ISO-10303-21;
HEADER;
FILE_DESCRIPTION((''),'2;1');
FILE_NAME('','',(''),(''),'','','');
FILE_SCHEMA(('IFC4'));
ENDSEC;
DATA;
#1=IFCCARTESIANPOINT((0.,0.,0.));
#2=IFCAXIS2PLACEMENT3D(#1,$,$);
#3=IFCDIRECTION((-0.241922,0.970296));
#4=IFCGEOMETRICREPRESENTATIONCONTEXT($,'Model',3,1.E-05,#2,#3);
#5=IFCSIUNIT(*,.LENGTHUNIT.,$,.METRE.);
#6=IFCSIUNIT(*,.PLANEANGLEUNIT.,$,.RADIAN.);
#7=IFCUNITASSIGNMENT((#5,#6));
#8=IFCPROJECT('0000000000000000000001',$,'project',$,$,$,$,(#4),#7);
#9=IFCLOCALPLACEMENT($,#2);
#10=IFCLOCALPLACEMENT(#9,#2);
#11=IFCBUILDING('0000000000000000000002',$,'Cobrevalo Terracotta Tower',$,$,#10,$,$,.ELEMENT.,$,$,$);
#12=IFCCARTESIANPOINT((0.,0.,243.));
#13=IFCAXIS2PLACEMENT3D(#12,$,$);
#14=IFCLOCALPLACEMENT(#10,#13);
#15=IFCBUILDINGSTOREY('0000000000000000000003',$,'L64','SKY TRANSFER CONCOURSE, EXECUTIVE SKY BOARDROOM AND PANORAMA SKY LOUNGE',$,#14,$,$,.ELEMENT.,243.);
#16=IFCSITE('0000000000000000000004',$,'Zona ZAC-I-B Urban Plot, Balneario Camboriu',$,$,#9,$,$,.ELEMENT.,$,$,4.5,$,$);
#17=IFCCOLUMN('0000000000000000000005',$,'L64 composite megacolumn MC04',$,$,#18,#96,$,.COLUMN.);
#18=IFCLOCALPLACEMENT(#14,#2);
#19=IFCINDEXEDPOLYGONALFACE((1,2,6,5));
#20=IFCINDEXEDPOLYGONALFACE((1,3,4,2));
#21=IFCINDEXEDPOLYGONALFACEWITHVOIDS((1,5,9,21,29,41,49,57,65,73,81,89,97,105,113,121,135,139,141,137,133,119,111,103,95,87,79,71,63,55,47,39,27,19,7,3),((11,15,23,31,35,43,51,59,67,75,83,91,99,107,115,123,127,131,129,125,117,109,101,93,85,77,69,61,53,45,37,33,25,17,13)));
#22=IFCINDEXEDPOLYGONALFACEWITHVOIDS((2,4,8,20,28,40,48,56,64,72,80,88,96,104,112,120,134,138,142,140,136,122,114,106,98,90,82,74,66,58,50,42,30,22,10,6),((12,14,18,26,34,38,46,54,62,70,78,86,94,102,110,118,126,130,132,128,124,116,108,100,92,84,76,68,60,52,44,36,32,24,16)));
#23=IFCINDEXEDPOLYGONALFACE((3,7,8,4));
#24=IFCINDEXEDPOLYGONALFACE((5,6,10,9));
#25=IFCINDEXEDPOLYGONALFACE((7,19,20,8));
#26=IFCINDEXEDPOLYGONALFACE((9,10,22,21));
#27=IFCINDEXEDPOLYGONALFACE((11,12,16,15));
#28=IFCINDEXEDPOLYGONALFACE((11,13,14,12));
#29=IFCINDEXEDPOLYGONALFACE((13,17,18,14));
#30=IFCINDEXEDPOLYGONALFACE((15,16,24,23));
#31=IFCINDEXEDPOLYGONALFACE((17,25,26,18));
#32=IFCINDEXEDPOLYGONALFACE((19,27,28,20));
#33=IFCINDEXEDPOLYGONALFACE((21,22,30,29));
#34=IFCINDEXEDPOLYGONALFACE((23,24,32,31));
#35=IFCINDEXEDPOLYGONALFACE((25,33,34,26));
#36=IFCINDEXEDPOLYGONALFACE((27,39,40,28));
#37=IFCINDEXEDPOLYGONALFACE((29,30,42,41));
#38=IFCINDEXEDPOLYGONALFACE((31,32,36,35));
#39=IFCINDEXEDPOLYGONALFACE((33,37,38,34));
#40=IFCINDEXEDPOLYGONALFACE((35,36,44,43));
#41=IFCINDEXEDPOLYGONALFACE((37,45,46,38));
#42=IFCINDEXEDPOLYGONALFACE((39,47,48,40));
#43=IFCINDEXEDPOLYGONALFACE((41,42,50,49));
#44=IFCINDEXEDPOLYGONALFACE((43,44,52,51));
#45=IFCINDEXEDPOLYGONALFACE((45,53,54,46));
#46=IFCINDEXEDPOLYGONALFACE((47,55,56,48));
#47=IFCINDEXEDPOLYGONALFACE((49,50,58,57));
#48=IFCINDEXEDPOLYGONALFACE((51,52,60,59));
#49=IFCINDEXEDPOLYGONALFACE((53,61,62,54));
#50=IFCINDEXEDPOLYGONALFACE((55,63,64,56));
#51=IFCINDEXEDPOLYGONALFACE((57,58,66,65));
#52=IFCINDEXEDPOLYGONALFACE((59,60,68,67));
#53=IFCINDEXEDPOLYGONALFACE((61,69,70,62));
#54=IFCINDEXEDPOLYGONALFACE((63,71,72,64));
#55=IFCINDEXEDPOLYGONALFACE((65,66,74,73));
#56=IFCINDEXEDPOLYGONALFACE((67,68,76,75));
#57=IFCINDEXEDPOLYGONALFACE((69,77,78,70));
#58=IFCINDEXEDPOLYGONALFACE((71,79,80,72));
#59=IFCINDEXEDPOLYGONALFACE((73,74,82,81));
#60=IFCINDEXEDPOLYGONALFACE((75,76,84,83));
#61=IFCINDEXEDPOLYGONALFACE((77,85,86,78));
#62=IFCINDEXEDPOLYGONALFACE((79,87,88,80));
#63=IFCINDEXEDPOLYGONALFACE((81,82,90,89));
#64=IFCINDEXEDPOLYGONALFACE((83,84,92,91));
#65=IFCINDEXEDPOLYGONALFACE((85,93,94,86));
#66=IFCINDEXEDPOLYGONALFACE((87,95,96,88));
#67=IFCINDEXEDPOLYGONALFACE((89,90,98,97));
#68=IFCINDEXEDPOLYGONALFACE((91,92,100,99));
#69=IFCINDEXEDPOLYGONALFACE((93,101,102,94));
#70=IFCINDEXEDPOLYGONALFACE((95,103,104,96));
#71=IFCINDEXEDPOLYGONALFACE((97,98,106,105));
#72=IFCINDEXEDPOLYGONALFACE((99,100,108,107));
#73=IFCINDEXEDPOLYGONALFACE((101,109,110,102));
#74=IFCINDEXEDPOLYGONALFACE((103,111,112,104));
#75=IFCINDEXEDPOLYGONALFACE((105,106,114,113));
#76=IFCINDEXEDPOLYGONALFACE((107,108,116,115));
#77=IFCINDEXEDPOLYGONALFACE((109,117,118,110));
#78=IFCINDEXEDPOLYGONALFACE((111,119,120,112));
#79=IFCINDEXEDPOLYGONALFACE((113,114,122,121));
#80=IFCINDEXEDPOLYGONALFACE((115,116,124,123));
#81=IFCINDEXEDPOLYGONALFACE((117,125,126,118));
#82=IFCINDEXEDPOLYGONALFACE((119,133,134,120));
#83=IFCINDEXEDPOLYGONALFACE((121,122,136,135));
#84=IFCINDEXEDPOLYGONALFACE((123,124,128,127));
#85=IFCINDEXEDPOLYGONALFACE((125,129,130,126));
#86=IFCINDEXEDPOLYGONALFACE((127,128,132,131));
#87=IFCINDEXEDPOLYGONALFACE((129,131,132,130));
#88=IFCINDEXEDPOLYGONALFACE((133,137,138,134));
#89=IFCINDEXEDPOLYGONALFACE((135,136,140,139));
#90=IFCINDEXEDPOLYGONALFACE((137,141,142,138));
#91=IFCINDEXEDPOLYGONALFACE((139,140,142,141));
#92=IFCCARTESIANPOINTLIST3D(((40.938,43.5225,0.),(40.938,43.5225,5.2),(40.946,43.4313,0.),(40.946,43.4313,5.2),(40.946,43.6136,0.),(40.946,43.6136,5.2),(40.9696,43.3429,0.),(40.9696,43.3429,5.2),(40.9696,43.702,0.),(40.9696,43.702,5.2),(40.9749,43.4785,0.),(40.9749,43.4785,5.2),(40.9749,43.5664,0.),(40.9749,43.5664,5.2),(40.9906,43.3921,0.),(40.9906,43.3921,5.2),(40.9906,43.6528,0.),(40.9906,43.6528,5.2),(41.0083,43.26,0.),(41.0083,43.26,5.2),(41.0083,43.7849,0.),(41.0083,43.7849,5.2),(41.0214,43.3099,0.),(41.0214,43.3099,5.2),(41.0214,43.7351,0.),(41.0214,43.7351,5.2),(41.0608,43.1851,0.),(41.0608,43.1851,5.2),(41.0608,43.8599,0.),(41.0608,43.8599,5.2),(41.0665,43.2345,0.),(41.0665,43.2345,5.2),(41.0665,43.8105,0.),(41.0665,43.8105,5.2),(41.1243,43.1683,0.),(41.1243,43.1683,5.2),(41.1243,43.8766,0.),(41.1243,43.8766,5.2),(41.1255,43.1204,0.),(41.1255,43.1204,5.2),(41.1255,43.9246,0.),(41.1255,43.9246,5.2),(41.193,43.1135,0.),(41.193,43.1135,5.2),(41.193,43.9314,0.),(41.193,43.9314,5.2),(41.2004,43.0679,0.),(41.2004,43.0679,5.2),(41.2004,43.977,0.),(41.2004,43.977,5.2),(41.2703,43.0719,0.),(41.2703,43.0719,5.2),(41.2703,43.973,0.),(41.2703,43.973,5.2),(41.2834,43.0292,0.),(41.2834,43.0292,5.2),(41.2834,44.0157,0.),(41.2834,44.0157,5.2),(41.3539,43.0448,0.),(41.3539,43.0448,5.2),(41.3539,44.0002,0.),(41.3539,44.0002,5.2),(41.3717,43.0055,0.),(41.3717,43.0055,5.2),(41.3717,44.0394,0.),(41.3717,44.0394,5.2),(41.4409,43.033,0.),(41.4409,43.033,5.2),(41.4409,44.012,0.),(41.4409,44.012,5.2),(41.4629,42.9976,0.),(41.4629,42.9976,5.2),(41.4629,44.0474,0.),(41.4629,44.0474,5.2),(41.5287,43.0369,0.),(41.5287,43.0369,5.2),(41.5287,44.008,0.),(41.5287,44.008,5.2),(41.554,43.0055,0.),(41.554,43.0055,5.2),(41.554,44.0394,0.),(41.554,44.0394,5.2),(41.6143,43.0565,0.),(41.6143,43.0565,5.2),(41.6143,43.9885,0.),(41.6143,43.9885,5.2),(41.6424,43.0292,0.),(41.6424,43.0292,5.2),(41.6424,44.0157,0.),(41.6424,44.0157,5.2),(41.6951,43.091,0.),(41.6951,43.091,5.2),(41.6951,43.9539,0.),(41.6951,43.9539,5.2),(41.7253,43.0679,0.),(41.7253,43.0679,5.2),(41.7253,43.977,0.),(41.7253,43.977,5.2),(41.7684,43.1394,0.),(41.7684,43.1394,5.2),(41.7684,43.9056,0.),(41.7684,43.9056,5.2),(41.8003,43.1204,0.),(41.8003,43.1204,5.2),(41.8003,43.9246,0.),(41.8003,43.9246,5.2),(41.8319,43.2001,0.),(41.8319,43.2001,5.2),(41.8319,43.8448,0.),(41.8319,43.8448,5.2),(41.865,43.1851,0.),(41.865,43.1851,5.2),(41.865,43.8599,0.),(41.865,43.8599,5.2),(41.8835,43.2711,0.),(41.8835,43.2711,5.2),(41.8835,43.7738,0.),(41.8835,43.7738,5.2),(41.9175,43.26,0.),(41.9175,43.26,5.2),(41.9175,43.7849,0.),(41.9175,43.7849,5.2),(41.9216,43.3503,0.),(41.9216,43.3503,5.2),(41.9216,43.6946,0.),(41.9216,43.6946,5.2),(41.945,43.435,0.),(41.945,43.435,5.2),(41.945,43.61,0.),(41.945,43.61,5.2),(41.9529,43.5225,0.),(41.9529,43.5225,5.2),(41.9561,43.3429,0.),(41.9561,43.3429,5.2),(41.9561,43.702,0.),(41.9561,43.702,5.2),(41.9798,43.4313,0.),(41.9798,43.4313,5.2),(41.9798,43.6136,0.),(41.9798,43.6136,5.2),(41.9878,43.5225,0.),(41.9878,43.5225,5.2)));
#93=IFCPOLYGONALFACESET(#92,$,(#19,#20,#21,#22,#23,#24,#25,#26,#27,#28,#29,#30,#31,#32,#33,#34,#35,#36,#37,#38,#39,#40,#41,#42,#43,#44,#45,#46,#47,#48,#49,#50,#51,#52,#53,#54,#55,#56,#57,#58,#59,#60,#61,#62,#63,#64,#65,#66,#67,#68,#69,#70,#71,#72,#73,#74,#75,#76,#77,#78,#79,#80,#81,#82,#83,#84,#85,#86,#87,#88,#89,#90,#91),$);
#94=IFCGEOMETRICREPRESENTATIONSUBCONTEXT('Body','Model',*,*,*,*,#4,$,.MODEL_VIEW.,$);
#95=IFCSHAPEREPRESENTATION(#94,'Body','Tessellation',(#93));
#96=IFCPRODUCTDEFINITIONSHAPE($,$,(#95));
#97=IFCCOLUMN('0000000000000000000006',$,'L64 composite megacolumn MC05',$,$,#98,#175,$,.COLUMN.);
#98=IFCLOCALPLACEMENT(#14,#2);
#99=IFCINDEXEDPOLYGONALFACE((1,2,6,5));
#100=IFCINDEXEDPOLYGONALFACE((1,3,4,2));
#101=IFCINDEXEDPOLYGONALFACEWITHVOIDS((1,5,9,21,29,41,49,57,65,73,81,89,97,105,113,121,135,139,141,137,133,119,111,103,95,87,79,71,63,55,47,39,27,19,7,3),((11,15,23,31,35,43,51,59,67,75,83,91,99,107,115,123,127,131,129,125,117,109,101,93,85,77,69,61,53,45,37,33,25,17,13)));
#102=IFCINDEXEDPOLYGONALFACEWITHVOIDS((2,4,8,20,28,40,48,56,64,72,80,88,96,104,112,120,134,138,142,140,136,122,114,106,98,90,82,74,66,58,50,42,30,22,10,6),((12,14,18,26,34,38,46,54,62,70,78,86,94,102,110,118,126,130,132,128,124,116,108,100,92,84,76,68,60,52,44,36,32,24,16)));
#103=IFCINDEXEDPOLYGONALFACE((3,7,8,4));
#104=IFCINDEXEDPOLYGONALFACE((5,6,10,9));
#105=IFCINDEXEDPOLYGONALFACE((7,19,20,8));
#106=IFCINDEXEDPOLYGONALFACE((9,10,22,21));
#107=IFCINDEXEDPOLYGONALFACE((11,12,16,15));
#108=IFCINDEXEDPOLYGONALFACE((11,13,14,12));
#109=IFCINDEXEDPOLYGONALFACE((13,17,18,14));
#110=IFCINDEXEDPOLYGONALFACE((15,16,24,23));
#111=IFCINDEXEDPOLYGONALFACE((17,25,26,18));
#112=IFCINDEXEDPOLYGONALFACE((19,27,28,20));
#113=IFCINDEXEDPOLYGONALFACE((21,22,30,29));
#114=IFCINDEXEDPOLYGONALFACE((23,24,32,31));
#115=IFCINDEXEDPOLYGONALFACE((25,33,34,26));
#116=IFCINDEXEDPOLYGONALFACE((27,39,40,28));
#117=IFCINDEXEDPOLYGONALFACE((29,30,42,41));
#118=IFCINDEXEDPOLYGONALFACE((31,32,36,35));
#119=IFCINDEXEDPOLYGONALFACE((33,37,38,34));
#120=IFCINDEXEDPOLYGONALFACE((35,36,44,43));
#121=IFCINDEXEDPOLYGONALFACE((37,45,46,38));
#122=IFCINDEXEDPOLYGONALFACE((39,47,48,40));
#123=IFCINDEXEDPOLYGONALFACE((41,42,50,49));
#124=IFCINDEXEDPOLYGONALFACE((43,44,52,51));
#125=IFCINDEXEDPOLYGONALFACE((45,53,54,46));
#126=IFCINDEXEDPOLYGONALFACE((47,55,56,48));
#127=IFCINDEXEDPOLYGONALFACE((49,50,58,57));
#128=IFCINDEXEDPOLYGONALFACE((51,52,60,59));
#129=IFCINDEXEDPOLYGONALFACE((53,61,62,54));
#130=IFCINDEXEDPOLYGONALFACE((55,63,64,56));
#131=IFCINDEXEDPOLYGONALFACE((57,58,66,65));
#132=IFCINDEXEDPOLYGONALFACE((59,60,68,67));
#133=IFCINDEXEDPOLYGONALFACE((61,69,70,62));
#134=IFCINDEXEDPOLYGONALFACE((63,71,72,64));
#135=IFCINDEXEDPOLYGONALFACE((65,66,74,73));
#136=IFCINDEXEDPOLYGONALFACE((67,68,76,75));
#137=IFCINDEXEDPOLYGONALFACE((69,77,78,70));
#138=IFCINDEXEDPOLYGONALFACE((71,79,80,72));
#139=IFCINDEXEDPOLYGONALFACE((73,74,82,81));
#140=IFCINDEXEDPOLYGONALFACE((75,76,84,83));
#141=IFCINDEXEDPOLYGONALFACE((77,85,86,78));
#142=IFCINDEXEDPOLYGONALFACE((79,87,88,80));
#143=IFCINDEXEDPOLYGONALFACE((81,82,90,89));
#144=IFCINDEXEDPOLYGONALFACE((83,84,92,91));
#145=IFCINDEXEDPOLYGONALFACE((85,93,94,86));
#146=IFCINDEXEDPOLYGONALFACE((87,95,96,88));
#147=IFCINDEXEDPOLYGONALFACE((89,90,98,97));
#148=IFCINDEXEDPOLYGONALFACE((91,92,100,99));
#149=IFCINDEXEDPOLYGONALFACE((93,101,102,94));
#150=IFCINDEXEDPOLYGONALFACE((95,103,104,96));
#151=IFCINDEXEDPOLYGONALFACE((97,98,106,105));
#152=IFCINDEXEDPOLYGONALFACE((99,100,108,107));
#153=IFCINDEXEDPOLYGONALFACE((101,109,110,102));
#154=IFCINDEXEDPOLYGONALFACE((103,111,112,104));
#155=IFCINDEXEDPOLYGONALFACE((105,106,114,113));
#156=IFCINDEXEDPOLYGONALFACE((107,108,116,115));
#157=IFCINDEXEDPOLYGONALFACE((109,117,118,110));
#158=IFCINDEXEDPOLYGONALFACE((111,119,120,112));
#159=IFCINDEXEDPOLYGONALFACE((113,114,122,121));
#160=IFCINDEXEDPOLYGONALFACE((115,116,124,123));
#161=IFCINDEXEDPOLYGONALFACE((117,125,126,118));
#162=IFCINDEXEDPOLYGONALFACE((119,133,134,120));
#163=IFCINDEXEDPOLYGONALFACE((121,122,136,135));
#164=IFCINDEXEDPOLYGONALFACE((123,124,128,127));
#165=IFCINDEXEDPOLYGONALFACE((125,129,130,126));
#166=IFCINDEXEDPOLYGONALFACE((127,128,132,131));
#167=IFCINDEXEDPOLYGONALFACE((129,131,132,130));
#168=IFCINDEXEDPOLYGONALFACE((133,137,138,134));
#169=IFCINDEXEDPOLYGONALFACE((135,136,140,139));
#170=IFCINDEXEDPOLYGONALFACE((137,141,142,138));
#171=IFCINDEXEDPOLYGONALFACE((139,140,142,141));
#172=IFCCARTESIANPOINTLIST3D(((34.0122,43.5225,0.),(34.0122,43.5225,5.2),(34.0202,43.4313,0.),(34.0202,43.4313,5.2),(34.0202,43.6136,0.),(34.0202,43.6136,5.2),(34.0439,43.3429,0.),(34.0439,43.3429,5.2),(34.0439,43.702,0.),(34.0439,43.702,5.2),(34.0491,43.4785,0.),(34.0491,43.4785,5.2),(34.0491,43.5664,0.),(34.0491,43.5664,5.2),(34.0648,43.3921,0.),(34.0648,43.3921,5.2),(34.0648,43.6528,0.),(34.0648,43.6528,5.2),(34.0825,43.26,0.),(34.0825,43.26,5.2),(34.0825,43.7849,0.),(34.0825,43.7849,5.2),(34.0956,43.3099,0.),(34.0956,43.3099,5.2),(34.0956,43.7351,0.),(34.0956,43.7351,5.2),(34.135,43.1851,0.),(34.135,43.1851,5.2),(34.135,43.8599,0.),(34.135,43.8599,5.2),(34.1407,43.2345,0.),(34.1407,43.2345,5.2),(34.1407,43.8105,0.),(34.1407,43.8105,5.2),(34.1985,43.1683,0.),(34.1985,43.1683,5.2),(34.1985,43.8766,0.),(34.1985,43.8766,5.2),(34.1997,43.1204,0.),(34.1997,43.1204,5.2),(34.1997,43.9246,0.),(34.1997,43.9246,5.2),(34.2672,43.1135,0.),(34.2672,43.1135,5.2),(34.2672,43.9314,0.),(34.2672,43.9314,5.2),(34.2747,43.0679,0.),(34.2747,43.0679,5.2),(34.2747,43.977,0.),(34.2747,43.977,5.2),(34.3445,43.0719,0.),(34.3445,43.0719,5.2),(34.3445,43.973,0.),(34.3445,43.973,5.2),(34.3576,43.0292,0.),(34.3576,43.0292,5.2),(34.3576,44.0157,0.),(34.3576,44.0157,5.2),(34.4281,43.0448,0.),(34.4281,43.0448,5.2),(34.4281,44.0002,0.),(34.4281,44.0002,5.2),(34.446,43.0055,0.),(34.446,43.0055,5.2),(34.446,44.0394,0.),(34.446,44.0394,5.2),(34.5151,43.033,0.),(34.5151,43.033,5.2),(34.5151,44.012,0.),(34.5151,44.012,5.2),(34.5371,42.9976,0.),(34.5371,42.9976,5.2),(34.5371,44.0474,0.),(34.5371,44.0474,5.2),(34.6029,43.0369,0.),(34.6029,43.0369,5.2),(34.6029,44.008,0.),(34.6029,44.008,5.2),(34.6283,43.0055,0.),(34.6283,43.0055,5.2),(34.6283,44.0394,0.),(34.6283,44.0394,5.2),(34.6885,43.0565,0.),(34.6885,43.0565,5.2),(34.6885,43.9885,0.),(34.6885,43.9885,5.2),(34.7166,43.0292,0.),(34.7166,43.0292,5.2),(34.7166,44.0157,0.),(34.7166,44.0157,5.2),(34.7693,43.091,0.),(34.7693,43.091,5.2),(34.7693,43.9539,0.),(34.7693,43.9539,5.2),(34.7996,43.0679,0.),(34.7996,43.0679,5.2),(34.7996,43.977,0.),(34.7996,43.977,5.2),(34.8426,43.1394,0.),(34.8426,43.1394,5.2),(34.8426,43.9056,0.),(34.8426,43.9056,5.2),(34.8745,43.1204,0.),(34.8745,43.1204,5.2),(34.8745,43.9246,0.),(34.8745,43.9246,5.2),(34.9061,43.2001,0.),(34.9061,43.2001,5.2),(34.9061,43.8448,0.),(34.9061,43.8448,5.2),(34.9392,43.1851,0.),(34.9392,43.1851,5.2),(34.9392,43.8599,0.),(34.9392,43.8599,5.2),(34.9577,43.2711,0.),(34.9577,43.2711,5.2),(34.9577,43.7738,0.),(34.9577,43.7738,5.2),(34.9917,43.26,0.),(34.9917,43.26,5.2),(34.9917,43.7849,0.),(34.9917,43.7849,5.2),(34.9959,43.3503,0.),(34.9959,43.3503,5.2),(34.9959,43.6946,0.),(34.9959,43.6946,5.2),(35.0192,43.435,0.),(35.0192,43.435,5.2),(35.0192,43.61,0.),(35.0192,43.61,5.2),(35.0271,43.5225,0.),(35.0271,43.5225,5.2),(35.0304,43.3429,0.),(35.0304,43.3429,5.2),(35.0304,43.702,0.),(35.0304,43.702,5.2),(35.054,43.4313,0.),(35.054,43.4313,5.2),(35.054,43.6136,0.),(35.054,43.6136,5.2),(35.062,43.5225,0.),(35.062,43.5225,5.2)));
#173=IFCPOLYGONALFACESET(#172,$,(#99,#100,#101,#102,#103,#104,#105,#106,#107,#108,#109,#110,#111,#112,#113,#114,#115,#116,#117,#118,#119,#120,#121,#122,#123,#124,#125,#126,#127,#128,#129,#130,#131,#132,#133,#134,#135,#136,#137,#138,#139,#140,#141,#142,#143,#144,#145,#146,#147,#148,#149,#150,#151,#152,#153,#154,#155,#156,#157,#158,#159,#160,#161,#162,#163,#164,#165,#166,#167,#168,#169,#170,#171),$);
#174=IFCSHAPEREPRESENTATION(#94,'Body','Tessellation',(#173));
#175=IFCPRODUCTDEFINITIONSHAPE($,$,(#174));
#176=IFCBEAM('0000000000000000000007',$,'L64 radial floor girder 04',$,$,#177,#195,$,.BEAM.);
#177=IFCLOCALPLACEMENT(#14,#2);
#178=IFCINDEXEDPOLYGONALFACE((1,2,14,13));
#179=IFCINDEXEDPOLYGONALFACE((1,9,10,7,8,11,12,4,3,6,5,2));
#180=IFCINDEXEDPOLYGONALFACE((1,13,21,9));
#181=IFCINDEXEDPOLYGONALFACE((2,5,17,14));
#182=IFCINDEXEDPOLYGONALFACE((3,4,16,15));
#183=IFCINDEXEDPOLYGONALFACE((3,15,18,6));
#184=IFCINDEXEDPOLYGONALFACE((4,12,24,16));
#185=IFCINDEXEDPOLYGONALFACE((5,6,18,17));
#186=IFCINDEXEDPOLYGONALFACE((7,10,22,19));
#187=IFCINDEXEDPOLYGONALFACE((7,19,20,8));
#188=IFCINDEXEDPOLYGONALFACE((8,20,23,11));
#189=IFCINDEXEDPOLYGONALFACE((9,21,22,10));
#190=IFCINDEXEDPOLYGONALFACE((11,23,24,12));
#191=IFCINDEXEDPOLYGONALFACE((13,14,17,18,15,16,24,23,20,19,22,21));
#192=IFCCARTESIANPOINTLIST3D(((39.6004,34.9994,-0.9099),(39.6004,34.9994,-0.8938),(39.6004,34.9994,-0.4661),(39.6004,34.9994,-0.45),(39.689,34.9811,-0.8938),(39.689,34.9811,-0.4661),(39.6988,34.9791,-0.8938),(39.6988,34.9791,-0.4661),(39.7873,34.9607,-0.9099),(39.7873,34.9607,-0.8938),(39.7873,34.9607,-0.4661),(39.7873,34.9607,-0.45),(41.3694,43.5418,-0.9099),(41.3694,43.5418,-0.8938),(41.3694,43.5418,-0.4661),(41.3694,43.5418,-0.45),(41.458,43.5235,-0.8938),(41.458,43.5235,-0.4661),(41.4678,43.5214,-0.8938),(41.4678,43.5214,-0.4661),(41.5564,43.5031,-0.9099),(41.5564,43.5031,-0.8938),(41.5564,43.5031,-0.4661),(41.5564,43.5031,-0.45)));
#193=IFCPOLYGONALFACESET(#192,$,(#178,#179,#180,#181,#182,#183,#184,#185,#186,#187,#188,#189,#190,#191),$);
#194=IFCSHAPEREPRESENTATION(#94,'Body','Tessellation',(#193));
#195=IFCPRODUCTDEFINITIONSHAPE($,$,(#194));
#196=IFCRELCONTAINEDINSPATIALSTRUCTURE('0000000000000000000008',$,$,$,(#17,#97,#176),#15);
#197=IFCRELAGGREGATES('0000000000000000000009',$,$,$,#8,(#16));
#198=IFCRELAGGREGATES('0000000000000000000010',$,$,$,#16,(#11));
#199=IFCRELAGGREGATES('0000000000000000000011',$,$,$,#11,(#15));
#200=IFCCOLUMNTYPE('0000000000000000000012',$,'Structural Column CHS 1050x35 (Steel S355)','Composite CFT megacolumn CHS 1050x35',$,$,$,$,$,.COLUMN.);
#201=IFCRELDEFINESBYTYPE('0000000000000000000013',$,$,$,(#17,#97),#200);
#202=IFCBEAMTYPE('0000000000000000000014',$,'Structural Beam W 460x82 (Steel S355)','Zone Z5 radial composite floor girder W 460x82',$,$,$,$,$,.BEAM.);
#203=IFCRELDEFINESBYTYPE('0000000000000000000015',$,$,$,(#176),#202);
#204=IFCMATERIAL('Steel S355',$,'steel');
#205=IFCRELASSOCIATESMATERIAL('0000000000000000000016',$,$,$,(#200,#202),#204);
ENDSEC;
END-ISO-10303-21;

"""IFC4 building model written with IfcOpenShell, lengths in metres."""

from ifc_helpers import new_model, si_unit, direction, frame, origin, origin_2d, place, context, subcontext, project, spatial, hollow_circle, i_section, extrude, material, material_profile, profile_set, type_object, element, save


model = new_model("IFC4")

# Units and contexts
model_context = context("Model", 3, precision=1e-05, world=origin(), true_north=direction((-0.241922, 0.970296)))
body_context = subcontext(model_context, "Body", "Model", "MODEL_VIEW")
ifc_project = project(units=[si_unit("LENGTHUNIT", "METRE"), si_unit("PLANEANGLEUNIT", "RADIAN")], contexts=[model_context])

# Site, building, storey
site_placement = place(None, origin())
site = spatial("IfcSite", under=ifc_project, at=site_placement, Name="Zona ZAC-I-B Urban Plot, Balneario Camboriu", CompositionType="ELEMENT", RefElevation=4.5)
building_placement = place(site_placement, origin())
building = spatial("IfcBuilding", under=site, at=building_placement, Name="Cobrevalo Terracotta Tower", CompositionType="ELEMENT")
storey_placement = place(building_placement, frame((0.0, 0.0, 243.0)))
storey = spatial("IfcBuildingStorey", under=building, at=storey_placement, Name="L64", Description="SKY TRANSFER CONCOURSE, EXECUTIVE SKY BOARDROOM AND PANORAMA SKY LOUNGE", CompositionType="ELEMENT", Elevation=243.0)

# Columns
ifc_material_1 = material(Name="Steel S355", Category="steel")
ifc_material_profile_1 = material_profile(ifc_material_1, hollow_circle(Radius=0.5249, WallThickness=0.0349, at=origin_2d()), Name="CHS 1050x35")
ifc_profile_set_1 = profile_set([ifc_material_profile_1], Name="Steel S355")
column_type = type_object("IfcColumnType", Name="Structural Column CHS 1050x35 (Steel S355)", Description="Composite CFT megacolumn CHS 1050x35", PredefinedType="COLUMN", material=ifc_profile_set_1)
for number, where, z_axis, x_axis, name in (
    (1, (41.4629, 43.5225, 0.0), (0.0, 0.0, 1.0), (1.0, 0.0, 0.0), "L64 composite megacolumn MC04"),
    (2, (34.5371, 43.5225, 0.0), (0.0, 0.0, 1.0), (1.0, 0.0, 0.0), "L64 composite megacolumn MC05"),
):
    element("IfcColumn", number, at=place(storey_placement, frame(where, z_axis=z_axis, x_axis=x_axis)), inside=storey, type_object=column_type, Name=name, PredefinedType="COLUMN", context=body_context, shape_type="SweptSolid", body=[
        extrude(hollow_circle(Radius=0.5249, WallThickness=0.0349, at=origin_2d()), origin(), (0.0, 0.0, 1.0), 5.2),
    ])

# Beam
ifc_material_profile_2 = material_profile(ifc_material_1, i_section(OverallWidth=0.1909, OverallDepth=0.46, WebThickness=0.01, FlangeThickness=0.0161, at=origin_2d()), Name="W 460x82")
ifc_profile_set_2 = profile_set([ifc_material_profile_2], Name="Steel S355")
beam_type_1 = type_object("IfcBeamType", Name="Structural Beam W 460x82 (Steel S355)", Description="Zone Z5 radial composite floor girder W 460x82", PredefinedType="BEAM", material=ifc_profile_set_2)
for number, where, z_axis, x_axis, name in (
    (3, (41.4629, 43.5225, -0.6799), (-0.202785, -0.979223, 0.0), (0.979223, -0.202785, 0.0), "L64 radial floor girder 04"),
):
    element("IfcBeam", number, at=place(storey_placement, frame(where, z_axis=z_axis, x_axis=x_axis)), inside=storey, type_object=beam_type_1, Name=name, PredefinedType="BEAM", context=body_context, shape_type="SweptSolid", body=[
        extrude(i_section(OverallWidth=0.1909, OverallDepth=0.46, WebThickness=0.01, FlangeThickness=0.0161, at=origin_2d()), origin(), (0.0, 0.0, 1.0), 8.7236),
    ])

save(model, "model.ifc")
